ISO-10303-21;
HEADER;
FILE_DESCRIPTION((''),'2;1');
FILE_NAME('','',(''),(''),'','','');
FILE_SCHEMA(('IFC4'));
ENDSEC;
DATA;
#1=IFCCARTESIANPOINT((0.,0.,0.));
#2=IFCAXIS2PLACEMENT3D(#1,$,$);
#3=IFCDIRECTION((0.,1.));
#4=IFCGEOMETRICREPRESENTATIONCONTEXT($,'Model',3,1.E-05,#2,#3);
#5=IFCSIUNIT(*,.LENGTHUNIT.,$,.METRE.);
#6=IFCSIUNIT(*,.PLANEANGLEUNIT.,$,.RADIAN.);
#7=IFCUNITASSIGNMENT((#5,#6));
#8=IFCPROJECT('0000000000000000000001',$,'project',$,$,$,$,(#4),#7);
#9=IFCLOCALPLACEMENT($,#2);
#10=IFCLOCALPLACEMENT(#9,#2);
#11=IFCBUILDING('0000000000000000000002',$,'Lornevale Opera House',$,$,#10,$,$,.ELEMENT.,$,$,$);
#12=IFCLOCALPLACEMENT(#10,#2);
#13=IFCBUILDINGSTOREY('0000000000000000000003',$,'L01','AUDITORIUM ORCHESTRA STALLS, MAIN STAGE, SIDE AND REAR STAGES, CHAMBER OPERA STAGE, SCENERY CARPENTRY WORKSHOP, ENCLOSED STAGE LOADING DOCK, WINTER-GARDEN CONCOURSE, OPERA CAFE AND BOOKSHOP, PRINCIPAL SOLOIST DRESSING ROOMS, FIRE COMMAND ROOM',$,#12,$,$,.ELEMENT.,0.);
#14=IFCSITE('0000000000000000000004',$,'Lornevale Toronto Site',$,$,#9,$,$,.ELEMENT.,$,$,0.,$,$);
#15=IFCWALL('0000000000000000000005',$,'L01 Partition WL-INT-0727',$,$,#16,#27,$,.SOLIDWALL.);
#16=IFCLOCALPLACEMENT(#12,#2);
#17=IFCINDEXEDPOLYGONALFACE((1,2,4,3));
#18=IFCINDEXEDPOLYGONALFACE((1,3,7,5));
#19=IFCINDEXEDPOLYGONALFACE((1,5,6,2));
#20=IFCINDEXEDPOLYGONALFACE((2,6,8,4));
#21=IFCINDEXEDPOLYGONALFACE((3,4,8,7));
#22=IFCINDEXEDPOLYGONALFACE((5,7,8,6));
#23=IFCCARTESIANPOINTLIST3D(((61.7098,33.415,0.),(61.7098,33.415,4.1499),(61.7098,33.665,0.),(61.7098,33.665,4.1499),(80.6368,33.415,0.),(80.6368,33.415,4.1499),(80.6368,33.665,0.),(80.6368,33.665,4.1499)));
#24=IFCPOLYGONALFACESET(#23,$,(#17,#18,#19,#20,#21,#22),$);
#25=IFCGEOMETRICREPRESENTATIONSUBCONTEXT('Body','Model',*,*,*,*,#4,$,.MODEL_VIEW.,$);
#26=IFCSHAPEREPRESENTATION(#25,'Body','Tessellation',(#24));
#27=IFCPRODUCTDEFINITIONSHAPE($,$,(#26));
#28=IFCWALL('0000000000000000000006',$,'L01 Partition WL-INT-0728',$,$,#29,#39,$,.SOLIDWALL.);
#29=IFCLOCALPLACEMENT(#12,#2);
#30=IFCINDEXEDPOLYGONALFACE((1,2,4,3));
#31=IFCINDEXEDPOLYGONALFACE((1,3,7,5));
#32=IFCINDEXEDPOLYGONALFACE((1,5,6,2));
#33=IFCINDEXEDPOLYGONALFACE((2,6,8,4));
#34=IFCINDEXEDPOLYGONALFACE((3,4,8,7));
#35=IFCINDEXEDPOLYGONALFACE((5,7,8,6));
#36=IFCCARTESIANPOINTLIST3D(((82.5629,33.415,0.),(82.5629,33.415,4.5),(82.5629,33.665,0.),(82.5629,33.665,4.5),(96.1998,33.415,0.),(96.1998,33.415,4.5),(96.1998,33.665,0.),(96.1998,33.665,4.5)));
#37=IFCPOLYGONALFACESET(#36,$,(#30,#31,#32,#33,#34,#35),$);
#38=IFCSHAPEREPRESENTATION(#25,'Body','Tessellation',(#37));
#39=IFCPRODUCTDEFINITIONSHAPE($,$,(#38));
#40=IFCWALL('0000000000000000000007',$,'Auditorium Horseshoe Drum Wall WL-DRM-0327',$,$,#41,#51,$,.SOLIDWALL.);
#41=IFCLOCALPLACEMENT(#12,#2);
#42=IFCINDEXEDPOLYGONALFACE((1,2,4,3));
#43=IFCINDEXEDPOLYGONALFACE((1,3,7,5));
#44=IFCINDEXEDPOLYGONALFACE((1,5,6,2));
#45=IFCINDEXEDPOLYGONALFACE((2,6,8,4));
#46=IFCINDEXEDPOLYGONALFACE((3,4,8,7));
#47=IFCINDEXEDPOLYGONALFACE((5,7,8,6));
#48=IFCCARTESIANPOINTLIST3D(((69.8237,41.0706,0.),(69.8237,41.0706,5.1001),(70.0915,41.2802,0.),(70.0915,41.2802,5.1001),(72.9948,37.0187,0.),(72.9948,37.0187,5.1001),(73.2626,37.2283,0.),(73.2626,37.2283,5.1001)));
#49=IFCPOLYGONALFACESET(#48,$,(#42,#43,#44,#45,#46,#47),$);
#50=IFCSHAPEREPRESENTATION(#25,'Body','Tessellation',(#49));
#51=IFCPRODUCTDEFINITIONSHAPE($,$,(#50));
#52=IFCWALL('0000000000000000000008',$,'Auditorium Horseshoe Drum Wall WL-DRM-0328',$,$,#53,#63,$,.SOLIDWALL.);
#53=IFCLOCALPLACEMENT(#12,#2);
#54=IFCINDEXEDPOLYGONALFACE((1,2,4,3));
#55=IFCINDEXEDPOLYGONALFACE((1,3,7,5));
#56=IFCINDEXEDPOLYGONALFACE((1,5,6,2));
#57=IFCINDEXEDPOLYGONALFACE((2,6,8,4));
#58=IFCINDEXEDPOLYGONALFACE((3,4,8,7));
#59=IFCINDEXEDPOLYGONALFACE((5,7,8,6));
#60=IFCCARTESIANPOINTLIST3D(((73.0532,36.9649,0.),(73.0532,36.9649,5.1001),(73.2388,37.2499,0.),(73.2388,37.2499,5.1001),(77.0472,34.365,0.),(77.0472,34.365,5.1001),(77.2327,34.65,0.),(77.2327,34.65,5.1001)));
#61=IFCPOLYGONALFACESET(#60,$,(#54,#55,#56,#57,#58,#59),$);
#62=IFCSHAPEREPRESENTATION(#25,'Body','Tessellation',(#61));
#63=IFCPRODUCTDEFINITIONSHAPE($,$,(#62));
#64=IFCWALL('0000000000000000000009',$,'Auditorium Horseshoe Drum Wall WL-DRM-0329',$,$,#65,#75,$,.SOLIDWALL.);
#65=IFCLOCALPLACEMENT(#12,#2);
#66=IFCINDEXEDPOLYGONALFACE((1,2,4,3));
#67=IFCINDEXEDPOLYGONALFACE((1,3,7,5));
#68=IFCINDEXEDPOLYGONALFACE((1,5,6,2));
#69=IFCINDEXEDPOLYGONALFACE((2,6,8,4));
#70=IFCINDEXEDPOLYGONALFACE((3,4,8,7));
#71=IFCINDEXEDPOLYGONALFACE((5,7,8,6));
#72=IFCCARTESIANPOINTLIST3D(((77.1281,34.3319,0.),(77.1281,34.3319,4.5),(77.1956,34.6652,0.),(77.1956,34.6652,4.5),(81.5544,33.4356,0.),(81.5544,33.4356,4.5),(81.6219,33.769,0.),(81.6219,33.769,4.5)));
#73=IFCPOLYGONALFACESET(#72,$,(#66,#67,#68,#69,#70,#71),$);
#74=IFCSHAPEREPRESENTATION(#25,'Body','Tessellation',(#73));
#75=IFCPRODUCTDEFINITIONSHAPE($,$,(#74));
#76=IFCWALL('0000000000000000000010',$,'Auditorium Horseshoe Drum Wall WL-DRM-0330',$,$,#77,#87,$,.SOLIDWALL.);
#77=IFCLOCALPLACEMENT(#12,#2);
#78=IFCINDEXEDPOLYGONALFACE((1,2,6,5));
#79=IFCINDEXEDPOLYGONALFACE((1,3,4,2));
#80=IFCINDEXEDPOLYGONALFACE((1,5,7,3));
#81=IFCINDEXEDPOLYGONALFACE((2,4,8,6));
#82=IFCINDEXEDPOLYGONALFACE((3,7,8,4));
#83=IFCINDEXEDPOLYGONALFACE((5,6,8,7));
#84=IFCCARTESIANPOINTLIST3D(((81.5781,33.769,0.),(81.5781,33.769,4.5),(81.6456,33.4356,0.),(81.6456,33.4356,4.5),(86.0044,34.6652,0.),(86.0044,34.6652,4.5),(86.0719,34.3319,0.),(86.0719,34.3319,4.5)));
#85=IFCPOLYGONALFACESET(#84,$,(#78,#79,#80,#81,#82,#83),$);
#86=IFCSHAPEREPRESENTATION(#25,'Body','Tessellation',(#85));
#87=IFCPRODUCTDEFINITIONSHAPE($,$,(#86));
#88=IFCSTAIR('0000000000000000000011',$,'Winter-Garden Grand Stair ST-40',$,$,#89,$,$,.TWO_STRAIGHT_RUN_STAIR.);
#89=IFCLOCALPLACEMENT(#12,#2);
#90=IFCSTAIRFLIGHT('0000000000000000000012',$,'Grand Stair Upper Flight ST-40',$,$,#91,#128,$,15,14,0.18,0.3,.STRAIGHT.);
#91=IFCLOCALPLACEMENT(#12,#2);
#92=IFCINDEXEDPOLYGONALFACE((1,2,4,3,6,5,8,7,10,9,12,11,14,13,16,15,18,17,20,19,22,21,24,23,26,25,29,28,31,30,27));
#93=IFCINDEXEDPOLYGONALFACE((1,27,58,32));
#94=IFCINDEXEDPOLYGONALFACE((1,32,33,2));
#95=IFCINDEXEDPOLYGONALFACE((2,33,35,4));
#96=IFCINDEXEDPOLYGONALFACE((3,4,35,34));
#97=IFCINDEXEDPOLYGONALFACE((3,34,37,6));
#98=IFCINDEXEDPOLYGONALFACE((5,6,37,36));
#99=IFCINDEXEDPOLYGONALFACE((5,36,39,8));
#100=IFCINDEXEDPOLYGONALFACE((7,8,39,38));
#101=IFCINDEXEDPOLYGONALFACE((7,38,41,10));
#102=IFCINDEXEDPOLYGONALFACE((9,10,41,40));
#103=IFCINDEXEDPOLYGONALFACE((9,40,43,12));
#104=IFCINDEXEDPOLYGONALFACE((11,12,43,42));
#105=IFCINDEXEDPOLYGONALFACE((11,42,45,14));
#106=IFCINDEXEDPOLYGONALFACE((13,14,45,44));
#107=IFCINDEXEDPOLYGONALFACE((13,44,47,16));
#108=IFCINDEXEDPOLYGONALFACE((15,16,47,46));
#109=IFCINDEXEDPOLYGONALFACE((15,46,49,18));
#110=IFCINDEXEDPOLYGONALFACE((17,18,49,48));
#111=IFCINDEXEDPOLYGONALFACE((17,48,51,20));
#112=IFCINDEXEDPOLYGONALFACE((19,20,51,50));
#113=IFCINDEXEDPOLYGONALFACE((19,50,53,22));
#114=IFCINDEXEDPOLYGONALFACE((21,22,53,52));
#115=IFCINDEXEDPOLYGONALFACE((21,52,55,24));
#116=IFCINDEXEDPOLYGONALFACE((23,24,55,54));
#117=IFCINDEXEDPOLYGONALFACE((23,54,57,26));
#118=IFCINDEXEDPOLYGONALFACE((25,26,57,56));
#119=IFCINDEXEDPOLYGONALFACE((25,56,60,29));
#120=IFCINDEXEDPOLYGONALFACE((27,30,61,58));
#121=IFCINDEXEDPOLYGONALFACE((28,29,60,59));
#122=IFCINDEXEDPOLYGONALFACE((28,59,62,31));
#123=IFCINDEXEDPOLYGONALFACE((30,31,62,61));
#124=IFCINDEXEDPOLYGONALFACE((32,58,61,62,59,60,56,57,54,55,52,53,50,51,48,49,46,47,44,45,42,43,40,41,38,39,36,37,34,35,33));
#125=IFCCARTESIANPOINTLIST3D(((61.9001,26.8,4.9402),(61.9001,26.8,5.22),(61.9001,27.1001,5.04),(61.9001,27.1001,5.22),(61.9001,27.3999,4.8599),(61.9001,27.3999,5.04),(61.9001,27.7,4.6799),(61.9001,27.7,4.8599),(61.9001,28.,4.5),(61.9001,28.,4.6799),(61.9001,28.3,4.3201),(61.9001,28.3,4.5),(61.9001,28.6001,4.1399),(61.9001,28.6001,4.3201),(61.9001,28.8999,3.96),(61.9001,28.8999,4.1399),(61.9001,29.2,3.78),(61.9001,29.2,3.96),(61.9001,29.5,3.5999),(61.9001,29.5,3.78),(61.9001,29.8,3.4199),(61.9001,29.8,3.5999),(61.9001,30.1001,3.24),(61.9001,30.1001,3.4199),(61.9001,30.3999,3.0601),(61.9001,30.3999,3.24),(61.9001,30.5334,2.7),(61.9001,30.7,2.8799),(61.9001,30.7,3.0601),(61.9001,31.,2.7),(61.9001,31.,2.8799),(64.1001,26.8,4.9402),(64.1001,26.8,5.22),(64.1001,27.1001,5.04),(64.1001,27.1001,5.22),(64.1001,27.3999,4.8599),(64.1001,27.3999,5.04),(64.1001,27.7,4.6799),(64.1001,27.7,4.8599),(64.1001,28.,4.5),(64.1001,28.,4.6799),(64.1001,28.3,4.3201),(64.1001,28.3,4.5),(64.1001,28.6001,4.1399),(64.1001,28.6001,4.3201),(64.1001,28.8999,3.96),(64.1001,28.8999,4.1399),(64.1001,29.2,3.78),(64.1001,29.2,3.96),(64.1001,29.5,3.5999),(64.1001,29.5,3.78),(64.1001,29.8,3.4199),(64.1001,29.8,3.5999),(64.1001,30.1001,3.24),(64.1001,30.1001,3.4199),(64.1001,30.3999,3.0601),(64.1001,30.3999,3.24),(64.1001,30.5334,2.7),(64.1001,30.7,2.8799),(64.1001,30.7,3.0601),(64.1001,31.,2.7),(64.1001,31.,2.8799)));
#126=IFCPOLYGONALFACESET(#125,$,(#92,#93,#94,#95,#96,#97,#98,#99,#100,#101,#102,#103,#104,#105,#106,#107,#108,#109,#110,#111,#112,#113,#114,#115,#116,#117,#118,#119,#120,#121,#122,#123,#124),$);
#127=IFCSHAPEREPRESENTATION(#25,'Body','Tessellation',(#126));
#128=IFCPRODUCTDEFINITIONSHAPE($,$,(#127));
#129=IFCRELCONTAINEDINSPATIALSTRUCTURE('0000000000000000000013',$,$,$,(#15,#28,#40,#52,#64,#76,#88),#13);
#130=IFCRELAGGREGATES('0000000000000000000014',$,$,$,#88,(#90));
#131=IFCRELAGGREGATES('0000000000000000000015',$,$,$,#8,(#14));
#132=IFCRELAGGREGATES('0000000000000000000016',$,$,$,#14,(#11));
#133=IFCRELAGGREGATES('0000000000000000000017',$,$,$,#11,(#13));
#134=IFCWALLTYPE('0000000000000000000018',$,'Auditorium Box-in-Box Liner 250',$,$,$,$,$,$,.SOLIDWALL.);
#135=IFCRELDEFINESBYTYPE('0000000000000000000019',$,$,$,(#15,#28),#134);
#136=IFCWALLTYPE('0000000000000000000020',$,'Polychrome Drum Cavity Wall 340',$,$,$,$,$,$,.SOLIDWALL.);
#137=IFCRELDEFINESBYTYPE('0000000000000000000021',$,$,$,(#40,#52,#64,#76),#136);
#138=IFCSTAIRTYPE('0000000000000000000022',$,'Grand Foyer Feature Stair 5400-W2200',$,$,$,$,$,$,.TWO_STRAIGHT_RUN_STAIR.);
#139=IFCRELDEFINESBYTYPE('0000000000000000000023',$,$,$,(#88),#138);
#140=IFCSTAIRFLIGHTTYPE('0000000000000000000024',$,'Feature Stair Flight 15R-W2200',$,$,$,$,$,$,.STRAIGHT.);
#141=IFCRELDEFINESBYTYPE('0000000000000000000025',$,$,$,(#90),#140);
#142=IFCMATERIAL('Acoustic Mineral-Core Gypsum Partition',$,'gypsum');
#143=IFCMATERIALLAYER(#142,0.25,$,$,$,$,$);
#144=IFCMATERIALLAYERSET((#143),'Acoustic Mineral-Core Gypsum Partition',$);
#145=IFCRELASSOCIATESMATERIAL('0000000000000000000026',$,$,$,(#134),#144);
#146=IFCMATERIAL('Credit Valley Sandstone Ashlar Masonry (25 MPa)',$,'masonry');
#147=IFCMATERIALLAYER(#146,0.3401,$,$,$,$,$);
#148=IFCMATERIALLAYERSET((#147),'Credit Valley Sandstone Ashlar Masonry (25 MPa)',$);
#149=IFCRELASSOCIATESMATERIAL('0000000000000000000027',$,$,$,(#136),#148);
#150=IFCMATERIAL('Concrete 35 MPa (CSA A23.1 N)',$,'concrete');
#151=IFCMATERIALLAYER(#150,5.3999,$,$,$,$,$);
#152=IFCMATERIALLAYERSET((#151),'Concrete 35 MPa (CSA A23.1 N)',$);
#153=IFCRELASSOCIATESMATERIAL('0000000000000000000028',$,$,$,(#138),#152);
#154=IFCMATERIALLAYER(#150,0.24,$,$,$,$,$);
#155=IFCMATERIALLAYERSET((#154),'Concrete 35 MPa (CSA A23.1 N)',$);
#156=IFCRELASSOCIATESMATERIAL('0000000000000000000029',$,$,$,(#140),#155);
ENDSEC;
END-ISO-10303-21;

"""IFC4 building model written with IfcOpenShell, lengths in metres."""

from ifc_helpers import new_model, si_unit, direction, frame, frame_2d, origin, place, context, subcontext, project, spatial, polyline, rectangle, outline, extrude, material, layer, layer_set, type_object, element, aggregate, save


model = new_model("IFC4")

# Units and contexts
model_context = context("Model", 3, precision=1e-05, world=origin(), true_north=direction((0.0, 1.0)))
body_context = subcontext(model_context, "Body", "Model", "MODEL_VIEW")
ifc_project = project(units=[si_unit("LENGTHUNIT", "METRE"), si_unit("PLANEANGLEUNIT", "RADIAN")], contexts=[model_context])

# Site, building, storey
site_placement = place(None, origin())
site = spatial("IfcSite", under=ifc_project, at=site_placement, Name="Lornevale Toronto Site", CompositionType="ELEMENT", RefElevation=0.0)
building_placement = place(site_placement, origin())
building = spatial("IfcBuilding", under=site, at=building_placement, Name="Lornevale Opera House", CompositionType="ELEMENT")
storey_placement = place(building_placement, origin())
storey = spatial("IfcBuildingStorey", under=building, at=storey_placement, Name="L01", Description="AUDITORIUM ORCHESTRA STALLS, MAIN STAGE, SIDE AND REAR STAGES, CHAMBER OPERA STAGE, SCENERY CARPENTRY WORKSHOP, ENCLOSED STAGE LOADING DOCK, WINTER-GARDEN CONCOURSE, OPERA CAFE AND BOOKSHOP, PRINCIPAL SOLOIST DRESSING ROOMS, FIRE COMMAND ROOM", CompositionType="ELEMENT", Elevation=0.0)

# Shared definitions
ifc_material_1 = material(Name="Concrete 35 MPa (CSA A23.1 N)", Category="concrete")

# Shared definitions
ifc_material_2 = material(Name="Acoustic Mineral-Core Gypsum Partition", Category="gypsum")
ifc_layer_1 = layer(ifc_material_2, 0.25)
ifc_layer_set_1 = layer_set([ifc_layer_1], Name="Acoustic Mineral-Core Gypsum Partition")
wall_type_1 = type_object("IfcWallType", Name="Auditorium Box-in-Box Liner 250", PredefinedType="SOLIDWALL", material=ifc_layer_set_1)

# Walls
wall_1_placement = place(storey_placement, frame((61.71, 33.54, 0.0), z_axis=(0.0, 0.0, 1.0), x_axis=(1.0, 0.0, 0.0)))
element("IfcWall", 1, at=wall_1_placement, inside=storey, type_object=wall_type_1, Name="L01 Partition WL-INT-0727", PredefinedType="SOLIDWALL", context=body_context, shape_type="SweptSolid", body=[
    extrude(rectangle(XDim=18.927, YDim=0.25, at=frame_2d((9.4634, 0.0))), origin(), (0.0, 0.0, 1.0), 4.1499),
])
wall_2_placement = place(storey_placement, frame((82.563, 33.54, 0.0), z_axis=(0.0, 0.0, 1.0), x_axis=(1.0, 0.0, 0.0)))
element("IfcWall", 2, at=wall_2_placement, inside=storey, type_object=wall_type_1, Name="L01 Partition WL-INT-0728", PredefinedType="SOLIDWALL", context=body_context, shape_type="SweptSolid", body=[
    extrude(rectangle(XDim=13.637, YDim=0.25, at=frame_2d((6.8184, 0.0))), origin(), (0.0, 0.0, 1.0), 4.5),
])
ifc_material_3 = material(Name="Credit Valley Sandstone Ashlar Masonry (25 MPa)", Category="masonry")
ifc_layer_2 = layer(ifc_material_3, 0.3401)
ifc_layer_set_2 = layer_set([ifc_layer_2], Name="Credit Valley Sandstone Ashlar Masonry (25 MPa)")
wall_type_2 = type_object("IfcWallType", Name="Polychrome Drum Cavity Wall 340", PredefinedType="SOLIDWALL", material=ifc_layer_set_2)
wall_3_placement = place(storey_placement, frame((69.9575, 41.1755, 0.0), z_axis=(0.0, 0.0, 1.0), x_axis=(0.61631, -0.787504, 0.0)))
element("IfcWall", 3, at=wall_3_placement, inside=storey, type_object=wall_type_2, Name="Auditorium Horseshoe Drum Wall WL-DRM-0327", PredefinedType="SOLIDWALL", context=body_context, shape_type="SweptSolid", body=[
    extrude(rectangle(XDim=5.1453, YDim=0.3401, at=frame_2d((2.5728, 0.0))), origin(), (0.0, 0.0, 1.0), 5.1001),
])
wall_4_placement = place(storey_placement, frame((73.146, 37.1074, 0.0), z_axis=(0.0, 0.0, 1.0), x_axis=(0.838077, -0.545552, 0.0)))
element("IfcWall", 4, at=wall_4_placement, inside=storey, type_object=wall_type_2, Name="Auditorium Horseshoe Drum Wall WL-DRM-0328", PredefinedType="SOLIDWALL", context=body_context, shape_type="SweptSolid", body=[
    extrude(rectangle(XDim=4.7656, YDim=0.3401, at=frame_2d((2.3828, 0.0))), origin(), (0.0, 0.0, 1.0), 5.1001),
])
for number, where, z_axis, x_axis, name in (
    (5, (77.1619, 34.4985, 0.0), (0.0, 0.0, 1.0), (0.98011, -0.198455, 0.0), "Auditorium Horseshoe Drum Wall WL-DRM-0329"),
    (6, (81.6118, 33.6023, 0.0), (0.0, 0.0, 1.0), (0.98011, 0.198455, 0.0), "Auditorium Horseshoe Drum Wall WL-DRM-0330"),
):
    element("IfcWall", number, at=place(storey_placement, frame(where, z_axis=z_axis, x_axis=x_axis)), inside=storey, type_object=wall_type_2, Name=name, PredefinedType="SOLIDWALL", context=body_context, shape_type="SweptSolid", body=[
        extrude(rectangle(XDim=4.5161, YDim=0.3401, at=frame_2d((2.2581, 0.0))), origin(), (0.0, 0.0, 1.0), 4.5),
    ])

# Stair, stair flight
ifc_layer_3 = layer(ifc_material_1, 5.3999)
ifc_layer_set_3 = layer_set([ifc_layer_3], Name="Concrete 35 MPa (CSA A23.1 N)")
stair_type = type_object("IfcStairType", Name="Grand Foyer Feature Stair 5400-W2200", PredefinedType="TWO_STRAIGHT_RUN_STAIR", material=ifc_layer_set_3)
stair_placement = place(storey_placement, origin())
stair = element("IfcStair", 7, at=stair_placement, inside=storey, type_object=stair_type, Name="Winter-Garden Grand Stair ST-40", PredefinedType="TWO_STRAIGHT_RUN_STAIR")
ifc_layer_4 = layer(ifc_material_1, 0.24)
ifc_layer_set_4 = layer_set([ifc_layer_4], Name="Concrete 35 MPa (CSA A23.1 N)")
stair_flight_type = type_object("IfcStairFlightType", Name="Feature Stair Flight 15R-W2200", PredefinedType="STRAIGHT", material=ifc_layer_set_4)
stair_flight_placement = place(storey_placement, frame((63.0, 31.0, 2.7), z_axis=(0.0, 0.0, 1.0), x_axis=(0.0, -1.0, 0.0)))
stair_flight = element("IfcStairFlight", 8, at=stair_flight_placement, type_object=stair_flight_type, Name="Grand Stair Upper Flight ST-40", NumberOfRisers=15, NumberOfTreads=14, PredefinedType="STRAIGHT", RiserHeight=0.18, TreadLength=0.3, context=body_context, shape_type="SweptSolid", body=[
    extrude(outline(polyline([(0.0, 0.0), (0.0, 0.1799), (0.3, 0.1799), (0.3, 0.3601), (0.6001, 0.3601), (0.6001, 0.54), (0.8999, 0.54), (0.8999, 0.72), (1.2, 0.72), (1.2, 0.8999), (1.5, 0.8999), (1.5, 1.0801), (1.8, 1.0801), (1.8, 1.26), (2.1001, 1.26), (2.1001, 1.4399), (2.3999, 1.4399), (2.3999, 1.6201), (2.7, 1.6201), (2.7, 1.8), (3.0, 1.8), (3.0, 1.98), (3.3, 1.98), (3.3, 2.1599), (3.6001, 2.1599), (3.6001, 2.3401), (3.8999, 2.3401), (3.8999, 2.52), (4.2, 2.52), (4.2, 2.2402), (0.4666, 0.0), (0.0, 0.0)])), frame((0.0, 1.1001, 0.0), z_axis=(0.0, -1.0, 0.0), x_axis=(1.0, 0.0, 0.0)), (0.0, 0.0, 1.0), 2.2),
])
aggregate(stair, [stair_flight])

save(model, "model.ifc")
